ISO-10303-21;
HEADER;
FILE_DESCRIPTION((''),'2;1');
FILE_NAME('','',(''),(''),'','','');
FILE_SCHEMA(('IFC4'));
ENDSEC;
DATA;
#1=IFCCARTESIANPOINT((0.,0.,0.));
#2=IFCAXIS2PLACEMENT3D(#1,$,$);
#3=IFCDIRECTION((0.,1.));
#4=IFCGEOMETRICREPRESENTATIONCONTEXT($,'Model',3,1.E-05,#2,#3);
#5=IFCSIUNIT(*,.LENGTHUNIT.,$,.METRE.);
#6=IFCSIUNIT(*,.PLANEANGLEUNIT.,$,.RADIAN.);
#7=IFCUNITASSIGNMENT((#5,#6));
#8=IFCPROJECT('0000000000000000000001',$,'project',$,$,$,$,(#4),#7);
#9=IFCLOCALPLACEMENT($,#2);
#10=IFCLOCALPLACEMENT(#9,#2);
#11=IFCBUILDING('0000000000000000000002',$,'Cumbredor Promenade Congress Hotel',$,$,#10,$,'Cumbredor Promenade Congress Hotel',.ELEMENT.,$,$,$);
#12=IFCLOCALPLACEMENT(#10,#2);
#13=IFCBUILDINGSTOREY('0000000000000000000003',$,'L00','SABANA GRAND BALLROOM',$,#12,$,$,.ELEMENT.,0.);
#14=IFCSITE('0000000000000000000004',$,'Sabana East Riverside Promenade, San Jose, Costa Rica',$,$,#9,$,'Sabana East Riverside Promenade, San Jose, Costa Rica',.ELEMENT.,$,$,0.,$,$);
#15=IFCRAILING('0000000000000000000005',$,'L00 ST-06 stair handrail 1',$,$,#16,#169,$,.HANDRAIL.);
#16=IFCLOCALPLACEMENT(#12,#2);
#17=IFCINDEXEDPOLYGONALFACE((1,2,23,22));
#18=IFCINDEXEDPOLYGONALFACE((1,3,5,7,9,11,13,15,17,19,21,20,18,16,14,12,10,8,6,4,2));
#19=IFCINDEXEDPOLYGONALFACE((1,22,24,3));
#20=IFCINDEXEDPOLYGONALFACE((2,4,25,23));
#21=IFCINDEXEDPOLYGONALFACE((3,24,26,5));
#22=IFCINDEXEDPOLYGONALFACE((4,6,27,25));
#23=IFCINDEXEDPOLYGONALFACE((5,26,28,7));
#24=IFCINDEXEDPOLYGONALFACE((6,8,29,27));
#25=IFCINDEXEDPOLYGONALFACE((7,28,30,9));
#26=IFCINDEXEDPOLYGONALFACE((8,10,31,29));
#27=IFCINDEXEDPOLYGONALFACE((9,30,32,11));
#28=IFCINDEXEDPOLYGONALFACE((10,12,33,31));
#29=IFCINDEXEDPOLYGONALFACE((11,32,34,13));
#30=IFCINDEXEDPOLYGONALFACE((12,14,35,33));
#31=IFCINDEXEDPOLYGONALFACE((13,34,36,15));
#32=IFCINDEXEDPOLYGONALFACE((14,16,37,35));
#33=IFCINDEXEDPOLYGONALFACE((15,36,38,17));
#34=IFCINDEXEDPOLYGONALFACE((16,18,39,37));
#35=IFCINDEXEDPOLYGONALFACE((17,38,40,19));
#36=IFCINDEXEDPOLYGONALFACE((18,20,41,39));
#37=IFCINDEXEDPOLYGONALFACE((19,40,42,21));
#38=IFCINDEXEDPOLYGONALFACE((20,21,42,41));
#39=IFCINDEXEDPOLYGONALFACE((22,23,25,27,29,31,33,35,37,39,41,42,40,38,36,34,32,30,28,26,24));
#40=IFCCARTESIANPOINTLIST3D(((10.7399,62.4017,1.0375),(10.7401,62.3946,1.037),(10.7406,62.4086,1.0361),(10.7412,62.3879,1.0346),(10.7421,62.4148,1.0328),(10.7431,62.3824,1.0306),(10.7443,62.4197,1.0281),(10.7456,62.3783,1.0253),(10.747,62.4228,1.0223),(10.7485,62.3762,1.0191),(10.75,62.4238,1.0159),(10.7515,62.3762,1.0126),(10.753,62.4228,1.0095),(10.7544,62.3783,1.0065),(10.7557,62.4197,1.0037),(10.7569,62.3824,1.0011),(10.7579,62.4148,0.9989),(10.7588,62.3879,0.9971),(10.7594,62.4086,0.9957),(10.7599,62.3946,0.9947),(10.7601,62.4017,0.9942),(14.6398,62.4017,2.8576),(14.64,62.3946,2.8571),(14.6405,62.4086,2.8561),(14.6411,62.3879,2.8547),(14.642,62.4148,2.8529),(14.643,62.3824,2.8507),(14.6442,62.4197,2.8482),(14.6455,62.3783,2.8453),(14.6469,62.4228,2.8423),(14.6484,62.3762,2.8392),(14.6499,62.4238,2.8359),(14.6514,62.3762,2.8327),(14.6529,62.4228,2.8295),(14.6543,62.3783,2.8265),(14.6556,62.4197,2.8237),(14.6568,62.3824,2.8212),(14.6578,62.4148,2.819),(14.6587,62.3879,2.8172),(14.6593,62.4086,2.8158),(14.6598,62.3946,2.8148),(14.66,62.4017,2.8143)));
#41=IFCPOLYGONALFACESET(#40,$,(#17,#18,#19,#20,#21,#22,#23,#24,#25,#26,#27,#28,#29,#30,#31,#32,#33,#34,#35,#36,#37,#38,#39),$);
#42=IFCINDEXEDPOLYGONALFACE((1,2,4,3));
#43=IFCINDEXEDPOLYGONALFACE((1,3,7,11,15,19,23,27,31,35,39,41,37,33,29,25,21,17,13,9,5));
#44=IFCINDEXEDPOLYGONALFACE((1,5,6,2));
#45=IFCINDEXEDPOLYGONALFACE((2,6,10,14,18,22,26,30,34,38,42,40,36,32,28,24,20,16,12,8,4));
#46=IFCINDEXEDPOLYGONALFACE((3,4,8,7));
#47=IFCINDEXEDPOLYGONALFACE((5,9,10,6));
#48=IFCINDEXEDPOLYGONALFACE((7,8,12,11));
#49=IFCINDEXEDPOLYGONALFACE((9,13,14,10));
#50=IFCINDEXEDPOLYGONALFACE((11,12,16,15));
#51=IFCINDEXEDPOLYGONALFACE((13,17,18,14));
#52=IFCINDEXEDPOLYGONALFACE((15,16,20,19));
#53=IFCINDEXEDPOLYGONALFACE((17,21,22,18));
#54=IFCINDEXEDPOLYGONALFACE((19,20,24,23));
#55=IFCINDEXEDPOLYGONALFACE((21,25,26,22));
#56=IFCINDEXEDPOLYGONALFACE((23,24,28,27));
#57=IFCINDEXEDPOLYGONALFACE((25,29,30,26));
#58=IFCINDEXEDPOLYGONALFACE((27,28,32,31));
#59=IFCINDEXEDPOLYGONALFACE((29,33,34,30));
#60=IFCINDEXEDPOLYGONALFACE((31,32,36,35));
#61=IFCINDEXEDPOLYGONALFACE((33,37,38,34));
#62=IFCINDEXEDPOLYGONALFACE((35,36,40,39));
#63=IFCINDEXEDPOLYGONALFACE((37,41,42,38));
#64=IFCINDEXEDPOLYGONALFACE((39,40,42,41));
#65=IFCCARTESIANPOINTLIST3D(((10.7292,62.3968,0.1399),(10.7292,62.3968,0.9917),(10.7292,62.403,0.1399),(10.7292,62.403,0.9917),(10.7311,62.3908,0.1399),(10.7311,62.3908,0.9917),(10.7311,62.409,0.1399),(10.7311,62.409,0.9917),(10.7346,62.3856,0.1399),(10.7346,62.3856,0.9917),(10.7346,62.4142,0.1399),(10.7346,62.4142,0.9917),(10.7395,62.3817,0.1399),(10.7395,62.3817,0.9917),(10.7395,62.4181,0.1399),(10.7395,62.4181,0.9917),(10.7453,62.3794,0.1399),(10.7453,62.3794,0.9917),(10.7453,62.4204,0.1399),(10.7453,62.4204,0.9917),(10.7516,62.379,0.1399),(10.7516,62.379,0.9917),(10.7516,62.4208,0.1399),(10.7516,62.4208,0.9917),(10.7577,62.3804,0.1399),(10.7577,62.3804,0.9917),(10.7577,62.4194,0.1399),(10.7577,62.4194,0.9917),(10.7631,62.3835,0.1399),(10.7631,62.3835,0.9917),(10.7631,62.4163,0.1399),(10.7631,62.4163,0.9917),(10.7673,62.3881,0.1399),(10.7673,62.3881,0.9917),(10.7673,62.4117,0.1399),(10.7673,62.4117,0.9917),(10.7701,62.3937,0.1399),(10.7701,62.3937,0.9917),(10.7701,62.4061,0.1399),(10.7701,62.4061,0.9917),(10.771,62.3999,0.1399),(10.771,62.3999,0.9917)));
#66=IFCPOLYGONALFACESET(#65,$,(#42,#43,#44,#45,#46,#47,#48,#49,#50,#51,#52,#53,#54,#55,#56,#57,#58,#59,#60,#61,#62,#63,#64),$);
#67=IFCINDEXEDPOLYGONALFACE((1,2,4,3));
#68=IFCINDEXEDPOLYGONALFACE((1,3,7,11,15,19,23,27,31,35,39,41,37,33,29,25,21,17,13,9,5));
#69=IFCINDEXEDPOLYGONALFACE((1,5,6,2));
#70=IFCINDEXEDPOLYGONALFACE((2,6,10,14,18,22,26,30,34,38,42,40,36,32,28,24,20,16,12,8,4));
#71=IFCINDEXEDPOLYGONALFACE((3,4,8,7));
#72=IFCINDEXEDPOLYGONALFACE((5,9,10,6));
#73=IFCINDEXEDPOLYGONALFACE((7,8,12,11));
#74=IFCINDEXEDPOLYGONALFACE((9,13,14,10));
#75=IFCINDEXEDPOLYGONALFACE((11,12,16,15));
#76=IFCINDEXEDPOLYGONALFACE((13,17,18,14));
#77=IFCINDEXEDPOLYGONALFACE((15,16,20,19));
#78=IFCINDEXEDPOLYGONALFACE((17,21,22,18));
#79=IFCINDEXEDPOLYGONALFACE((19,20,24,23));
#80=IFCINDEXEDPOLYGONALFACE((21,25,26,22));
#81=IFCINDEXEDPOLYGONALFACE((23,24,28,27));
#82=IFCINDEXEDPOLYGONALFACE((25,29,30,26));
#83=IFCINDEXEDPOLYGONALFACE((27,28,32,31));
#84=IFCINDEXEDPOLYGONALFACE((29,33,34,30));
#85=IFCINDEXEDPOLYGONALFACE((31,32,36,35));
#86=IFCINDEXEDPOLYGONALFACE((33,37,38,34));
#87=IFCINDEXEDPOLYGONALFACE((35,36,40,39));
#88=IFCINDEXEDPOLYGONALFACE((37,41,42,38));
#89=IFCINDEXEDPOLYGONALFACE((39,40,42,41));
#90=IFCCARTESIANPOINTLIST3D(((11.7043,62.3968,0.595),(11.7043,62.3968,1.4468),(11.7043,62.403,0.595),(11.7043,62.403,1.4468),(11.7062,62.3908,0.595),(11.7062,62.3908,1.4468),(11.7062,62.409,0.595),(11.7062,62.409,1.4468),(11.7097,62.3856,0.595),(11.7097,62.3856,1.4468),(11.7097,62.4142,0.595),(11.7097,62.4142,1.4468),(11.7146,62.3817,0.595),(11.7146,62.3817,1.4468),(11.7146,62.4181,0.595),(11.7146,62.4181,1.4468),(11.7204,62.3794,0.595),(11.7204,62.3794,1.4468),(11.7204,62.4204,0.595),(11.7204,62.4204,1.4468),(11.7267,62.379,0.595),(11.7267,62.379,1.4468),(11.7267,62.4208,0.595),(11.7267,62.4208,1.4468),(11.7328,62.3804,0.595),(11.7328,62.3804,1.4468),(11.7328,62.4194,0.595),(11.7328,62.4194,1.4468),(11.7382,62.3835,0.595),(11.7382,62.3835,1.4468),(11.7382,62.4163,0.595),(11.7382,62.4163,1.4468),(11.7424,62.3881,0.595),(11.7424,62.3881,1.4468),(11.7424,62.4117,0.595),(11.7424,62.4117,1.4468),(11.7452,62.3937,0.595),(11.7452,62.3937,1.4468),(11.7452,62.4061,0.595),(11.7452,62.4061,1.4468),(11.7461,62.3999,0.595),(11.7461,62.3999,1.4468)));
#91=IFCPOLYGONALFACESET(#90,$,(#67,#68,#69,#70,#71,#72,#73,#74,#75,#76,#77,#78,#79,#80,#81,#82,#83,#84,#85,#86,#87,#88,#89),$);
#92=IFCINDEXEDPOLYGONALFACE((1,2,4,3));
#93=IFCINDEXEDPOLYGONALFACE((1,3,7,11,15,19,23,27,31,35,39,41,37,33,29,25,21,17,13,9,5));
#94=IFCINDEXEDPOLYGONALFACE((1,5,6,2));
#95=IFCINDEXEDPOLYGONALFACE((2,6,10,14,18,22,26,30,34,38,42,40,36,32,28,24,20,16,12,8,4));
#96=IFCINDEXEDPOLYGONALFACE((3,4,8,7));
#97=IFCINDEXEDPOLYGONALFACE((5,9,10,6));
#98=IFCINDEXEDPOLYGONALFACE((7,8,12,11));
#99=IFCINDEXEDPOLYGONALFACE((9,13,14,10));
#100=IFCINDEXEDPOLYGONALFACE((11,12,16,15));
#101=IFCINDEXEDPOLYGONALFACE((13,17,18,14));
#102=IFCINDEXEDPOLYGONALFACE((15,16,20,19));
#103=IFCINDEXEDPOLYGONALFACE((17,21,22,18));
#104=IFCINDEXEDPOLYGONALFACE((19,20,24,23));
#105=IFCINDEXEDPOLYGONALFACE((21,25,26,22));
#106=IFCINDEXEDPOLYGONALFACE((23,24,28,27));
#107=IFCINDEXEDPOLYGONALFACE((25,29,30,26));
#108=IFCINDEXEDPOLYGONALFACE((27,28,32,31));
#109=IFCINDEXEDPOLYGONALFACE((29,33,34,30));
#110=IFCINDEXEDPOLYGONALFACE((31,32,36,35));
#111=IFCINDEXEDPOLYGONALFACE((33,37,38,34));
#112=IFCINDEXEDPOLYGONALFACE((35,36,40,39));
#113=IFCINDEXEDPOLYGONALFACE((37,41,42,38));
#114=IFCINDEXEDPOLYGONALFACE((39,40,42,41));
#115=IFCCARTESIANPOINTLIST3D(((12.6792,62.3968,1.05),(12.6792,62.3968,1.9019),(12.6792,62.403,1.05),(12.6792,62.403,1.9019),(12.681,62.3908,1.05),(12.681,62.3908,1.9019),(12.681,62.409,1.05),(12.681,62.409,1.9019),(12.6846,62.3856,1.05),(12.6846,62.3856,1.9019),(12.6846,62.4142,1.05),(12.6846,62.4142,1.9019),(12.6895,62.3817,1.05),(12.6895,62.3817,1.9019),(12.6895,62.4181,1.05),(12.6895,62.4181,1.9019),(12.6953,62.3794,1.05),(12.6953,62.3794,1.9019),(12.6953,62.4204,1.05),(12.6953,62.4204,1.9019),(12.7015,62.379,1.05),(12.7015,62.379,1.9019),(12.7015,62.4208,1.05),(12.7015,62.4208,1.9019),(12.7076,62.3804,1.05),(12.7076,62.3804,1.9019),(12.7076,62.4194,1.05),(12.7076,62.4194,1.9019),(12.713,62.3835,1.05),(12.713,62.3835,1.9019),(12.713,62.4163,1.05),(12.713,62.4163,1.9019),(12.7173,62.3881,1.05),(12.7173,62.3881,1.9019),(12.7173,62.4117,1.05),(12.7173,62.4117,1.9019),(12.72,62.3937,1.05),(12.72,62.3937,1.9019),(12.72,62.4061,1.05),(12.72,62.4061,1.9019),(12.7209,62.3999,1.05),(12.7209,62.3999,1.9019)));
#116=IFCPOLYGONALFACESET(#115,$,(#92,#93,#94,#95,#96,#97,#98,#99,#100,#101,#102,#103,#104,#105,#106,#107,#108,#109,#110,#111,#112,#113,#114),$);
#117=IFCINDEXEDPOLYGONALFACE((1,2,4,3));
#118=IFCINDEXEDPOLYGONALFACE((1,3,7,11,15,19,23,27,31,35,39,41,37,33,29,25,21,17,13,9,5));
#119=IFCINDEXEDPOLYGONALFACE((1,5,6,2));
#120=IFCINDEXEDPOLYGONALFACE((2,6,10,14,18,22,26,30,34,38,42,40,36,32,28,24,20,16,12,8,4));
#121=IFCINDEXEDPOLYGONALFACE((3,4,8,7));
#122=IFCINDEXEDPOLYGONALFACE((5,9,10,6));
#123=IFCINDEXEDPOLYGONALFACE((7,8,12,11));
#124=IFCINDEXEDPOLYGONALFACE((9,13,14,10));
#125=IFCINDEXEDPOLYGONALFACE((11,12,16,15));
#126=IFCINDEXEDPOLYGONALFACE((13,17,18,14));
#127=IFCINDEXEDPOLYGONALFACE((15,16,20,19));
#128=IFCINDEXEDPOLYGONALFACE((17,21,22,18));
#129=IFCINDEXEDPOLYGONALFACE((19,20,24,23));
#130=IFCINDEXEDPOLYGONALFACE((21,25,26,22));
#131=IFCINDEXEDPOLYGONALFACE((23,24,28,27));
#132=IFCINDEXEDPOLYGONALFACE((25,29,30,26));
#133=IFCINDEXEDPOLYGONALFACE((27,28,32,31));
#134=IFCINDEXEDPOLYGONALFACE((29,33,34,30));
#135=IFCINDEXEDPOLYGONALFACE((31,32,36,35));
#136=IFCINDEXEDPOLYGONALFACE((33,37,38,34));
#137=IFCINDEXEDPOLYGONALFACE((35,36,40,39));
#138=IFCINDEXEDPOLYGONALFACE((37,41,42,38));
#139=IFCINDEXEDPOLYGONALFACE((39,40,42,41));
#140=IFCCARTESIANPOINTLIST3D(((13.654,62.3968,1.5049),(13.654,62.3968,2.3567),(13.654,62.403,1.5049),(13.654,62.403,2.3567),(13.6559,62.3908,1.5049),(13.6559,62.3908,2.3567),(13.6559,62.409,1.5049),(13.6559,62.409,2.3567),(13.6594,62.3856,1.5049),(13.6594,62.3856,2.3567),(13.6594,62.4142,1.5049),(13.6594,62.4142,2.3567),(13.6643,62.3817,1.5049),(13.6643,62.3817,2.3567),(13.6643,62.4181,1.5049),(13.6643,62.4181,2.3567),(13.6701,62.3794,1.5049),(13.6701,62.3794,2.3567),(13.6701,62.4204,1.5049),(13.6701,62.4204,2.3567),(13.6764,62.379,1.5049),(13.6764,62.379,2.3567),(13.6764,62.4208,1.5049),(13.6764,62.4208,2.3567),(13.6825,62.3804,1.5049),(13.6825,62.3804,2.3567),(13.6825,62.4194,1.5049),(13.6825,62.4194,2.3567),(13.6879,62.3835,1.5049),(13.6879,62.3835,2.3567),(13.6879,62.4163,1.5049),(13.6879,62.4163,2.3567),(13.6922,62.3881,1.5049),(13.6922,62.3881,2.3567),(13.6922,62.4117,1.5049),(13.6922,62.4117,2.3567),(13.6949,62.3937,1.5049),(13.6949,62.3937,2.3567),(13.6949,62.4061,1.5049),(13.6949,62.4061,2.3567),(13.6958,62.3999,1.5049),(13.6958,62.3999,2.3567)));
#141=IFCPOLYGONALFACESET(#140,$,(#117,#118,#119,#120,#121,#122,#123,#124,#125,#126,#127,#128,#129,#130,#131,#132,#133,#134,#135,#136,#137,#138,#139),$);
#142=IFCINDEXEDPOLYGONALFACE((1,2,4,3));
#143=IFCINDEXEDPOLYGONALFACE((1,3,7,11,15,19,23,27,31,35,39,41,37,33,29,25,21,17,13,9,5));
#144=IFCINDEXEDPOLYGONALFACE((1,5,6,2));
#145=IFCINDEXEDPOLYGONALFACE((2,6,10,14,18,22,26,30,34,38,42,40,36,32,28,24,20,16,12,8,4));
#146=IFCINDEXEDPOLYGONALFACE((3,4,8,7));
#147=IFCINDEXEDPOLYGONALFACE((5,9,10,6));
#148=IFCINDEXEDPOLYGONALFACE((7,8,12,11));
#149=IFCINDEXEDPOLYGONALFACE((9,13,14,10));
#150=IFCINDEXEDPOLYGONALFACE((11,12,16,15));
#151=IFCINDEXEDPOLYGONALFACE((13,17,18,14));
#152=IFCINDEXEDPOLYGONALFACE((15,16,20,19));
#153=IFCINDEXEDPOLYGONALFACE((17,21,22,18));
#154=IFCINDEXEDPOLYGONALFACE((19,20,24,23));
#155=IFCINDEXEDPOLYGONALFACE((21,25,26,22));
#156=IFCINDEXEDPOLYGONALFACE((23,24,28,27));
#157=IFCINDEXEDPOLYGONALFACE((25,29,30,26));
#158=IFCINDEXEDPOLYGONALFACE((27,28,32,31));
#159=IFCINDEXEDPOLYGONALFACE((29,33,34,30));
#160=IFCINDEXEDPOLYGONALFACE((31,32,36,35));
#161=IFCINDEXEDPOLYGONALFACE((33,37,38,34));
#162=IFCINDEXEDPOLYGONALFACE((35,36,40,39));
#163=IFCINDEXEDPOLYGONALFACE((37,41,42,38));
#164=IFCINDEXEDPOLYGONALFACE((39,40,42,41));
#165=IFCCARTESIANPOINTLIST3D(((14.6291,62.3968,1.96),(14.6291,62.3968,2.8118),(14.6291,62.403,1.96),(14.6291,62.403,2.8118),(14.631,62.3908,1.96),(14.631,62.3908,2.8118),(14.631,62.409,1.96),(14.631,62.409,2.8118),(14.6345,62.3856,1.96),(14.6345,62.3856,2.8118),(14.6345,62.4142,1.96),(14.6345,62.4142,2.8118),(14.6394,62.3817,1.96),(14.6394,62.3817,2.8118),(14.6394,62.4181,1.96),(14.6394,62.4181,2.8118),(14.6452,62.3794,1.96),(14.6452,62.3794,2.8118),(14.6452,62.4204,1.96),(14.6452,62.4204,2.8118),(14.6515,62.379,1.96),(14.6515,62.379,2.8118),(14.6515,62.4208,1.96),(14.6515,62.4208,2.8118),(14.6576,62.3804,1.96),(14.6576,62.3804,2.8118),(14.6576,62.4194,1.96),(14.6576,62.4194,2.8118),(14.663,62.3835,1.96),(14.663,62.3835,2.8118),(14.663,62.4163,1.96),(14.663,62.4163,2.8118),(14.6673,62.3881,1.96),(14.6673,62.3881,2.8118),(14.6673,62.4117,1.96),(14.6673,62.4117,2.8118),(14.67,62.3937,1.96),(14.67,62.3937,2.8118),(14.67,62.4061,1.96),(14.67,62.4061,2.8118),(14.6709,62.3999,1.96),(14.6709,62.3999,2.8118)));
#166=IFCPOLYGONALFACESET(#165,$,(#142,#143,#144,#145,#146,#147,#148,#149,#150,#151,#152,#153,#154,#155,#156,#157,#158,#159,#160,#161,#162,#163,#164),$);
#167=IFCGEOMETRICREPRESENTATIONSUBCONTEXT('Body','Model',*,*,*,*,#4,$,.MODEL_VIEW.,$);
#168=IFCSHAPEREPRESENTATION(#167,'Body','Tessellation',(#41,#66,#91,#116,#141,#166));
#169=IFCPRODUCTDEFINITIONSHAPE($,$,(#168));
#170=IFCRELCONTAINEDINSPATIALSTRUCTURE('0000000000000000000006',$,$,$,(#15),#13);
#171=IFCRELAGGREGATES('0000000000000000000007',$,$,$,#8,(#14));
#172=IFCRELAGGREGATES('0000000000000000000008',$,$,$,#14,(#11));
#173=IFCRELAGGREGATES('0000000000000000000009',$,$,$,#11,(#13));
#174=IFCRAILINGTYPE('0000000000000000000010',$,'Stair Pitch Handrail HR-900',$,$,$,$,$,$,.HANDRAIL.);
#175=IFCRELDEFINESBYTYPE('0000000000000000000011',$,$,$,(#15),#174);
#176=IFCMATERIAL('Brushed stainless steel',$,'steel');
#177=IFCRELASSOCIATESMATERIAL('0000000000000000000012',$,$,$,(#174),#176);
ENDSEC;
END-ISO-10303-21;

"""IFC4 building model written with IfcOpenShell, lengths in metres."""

from ifc_helpers import new_model, si_unit, direction, frame, origin, origin_2d, place, context, subcontext, project, spatial, circle, extrude, material, type_object, element, save


model = new_model("IFC4")

# Units and contexts
model_context = context("Model", 3, precision=1e-05, world=origin(), true_north=direction((0.0, 1.0)))
body_context = subcontext(model_context, "Body", "Model", "MODEL_VIEW")
ifc_project = project(units=[si_unit("LENGTHUNIT", "METRE"), si_unit("PLANEANGLEUNIT", "RADIAN")], contexts=[model_context])

# Site, building, storey
site_placement = place(None, origin())
site = spatial("IfcSite", under=ifc_project, at=site_placement, Name="Sabana East Riverside Promenade, San Jose, Costa Rica", LongName="Sabana East Riverside Promenade, San Jose, Costa Rica", CompositionType="ELEMENT", RefElevation=0.0)
building_placement = place(site_placement, origin())
building = spatial("IfcBuilding", under=site, at=building_placement, Name="Cumbredor Promenade Congress Hotel", LongName="Cumbredor Promenade Congress Hotel", CompositionType="ELEMENT")
storey_placement = place(building_placement, origin())
storey = spatial("IfcBuildingStorey", under=building, at=storey_placement, Name="L00", Description="SABANA GRAND BALLROOM", CompositionType="ELEMENT", Elevation=0.0)

# Railing
ifc_material_1 = material(Name="Brushed stainless steel", Category="steel")
railing_type_1 = type_object("IfcRailingType", Name="Stair Pitch Handrail HR-900", PredefinedType="HANDRAIL", material=ifc_material_1)
railing_1_placement = place(storey_placement, frame((10.75, 62.3999, 0.1399)))
element("IfcRailing", 1, at=railing_1_placement, inside=storey, type_object=railing_type_1, Name="L00 ST-06 stair handrail 1", PredefinedType="HANDRAIL", context=body_context, shape_type="SweptSolid", body=[
    extrude(circle(Radius=0.0239, at=origin_2d()), frame((0.0, 0.0, 0.876), z_axis=(0.906173, 0.0, 0.422907), x_axis=(0.0, 1.0, 0.0)), (0.0, 0.0, 1.0), 4.3037),
    extrude(circle(Radius=0.021, at=origin_2d()), origin(), (0.0, 0.0, 1.0), 0.8518),
    extrude(circle(Radius=0.021, at=origin_2d()), frame((0.9751, 0.0, 0.4551)), (0.0, 0.0, 1.0), 0.8518),
    extrude(circle(Radius=0.021, at=origin_2d()), frame((1.95, 0.0, 0.9102)), (0.0, 0.0, 1.0), 0.8518),
    extrude(circle(Radius=0.021, at=origin_2d()), frame((2.9248, 0.0, 1.365)), (0.0, 0.0, 1.0), 0.8518),
    extrude(circle(Radius=0.021, at=origin_2d()), frame((3.8999, 0.0, 1.8201)), (0.0, 0.0, 1.0), 0.8518),
])

save(model, "model.ifc")
